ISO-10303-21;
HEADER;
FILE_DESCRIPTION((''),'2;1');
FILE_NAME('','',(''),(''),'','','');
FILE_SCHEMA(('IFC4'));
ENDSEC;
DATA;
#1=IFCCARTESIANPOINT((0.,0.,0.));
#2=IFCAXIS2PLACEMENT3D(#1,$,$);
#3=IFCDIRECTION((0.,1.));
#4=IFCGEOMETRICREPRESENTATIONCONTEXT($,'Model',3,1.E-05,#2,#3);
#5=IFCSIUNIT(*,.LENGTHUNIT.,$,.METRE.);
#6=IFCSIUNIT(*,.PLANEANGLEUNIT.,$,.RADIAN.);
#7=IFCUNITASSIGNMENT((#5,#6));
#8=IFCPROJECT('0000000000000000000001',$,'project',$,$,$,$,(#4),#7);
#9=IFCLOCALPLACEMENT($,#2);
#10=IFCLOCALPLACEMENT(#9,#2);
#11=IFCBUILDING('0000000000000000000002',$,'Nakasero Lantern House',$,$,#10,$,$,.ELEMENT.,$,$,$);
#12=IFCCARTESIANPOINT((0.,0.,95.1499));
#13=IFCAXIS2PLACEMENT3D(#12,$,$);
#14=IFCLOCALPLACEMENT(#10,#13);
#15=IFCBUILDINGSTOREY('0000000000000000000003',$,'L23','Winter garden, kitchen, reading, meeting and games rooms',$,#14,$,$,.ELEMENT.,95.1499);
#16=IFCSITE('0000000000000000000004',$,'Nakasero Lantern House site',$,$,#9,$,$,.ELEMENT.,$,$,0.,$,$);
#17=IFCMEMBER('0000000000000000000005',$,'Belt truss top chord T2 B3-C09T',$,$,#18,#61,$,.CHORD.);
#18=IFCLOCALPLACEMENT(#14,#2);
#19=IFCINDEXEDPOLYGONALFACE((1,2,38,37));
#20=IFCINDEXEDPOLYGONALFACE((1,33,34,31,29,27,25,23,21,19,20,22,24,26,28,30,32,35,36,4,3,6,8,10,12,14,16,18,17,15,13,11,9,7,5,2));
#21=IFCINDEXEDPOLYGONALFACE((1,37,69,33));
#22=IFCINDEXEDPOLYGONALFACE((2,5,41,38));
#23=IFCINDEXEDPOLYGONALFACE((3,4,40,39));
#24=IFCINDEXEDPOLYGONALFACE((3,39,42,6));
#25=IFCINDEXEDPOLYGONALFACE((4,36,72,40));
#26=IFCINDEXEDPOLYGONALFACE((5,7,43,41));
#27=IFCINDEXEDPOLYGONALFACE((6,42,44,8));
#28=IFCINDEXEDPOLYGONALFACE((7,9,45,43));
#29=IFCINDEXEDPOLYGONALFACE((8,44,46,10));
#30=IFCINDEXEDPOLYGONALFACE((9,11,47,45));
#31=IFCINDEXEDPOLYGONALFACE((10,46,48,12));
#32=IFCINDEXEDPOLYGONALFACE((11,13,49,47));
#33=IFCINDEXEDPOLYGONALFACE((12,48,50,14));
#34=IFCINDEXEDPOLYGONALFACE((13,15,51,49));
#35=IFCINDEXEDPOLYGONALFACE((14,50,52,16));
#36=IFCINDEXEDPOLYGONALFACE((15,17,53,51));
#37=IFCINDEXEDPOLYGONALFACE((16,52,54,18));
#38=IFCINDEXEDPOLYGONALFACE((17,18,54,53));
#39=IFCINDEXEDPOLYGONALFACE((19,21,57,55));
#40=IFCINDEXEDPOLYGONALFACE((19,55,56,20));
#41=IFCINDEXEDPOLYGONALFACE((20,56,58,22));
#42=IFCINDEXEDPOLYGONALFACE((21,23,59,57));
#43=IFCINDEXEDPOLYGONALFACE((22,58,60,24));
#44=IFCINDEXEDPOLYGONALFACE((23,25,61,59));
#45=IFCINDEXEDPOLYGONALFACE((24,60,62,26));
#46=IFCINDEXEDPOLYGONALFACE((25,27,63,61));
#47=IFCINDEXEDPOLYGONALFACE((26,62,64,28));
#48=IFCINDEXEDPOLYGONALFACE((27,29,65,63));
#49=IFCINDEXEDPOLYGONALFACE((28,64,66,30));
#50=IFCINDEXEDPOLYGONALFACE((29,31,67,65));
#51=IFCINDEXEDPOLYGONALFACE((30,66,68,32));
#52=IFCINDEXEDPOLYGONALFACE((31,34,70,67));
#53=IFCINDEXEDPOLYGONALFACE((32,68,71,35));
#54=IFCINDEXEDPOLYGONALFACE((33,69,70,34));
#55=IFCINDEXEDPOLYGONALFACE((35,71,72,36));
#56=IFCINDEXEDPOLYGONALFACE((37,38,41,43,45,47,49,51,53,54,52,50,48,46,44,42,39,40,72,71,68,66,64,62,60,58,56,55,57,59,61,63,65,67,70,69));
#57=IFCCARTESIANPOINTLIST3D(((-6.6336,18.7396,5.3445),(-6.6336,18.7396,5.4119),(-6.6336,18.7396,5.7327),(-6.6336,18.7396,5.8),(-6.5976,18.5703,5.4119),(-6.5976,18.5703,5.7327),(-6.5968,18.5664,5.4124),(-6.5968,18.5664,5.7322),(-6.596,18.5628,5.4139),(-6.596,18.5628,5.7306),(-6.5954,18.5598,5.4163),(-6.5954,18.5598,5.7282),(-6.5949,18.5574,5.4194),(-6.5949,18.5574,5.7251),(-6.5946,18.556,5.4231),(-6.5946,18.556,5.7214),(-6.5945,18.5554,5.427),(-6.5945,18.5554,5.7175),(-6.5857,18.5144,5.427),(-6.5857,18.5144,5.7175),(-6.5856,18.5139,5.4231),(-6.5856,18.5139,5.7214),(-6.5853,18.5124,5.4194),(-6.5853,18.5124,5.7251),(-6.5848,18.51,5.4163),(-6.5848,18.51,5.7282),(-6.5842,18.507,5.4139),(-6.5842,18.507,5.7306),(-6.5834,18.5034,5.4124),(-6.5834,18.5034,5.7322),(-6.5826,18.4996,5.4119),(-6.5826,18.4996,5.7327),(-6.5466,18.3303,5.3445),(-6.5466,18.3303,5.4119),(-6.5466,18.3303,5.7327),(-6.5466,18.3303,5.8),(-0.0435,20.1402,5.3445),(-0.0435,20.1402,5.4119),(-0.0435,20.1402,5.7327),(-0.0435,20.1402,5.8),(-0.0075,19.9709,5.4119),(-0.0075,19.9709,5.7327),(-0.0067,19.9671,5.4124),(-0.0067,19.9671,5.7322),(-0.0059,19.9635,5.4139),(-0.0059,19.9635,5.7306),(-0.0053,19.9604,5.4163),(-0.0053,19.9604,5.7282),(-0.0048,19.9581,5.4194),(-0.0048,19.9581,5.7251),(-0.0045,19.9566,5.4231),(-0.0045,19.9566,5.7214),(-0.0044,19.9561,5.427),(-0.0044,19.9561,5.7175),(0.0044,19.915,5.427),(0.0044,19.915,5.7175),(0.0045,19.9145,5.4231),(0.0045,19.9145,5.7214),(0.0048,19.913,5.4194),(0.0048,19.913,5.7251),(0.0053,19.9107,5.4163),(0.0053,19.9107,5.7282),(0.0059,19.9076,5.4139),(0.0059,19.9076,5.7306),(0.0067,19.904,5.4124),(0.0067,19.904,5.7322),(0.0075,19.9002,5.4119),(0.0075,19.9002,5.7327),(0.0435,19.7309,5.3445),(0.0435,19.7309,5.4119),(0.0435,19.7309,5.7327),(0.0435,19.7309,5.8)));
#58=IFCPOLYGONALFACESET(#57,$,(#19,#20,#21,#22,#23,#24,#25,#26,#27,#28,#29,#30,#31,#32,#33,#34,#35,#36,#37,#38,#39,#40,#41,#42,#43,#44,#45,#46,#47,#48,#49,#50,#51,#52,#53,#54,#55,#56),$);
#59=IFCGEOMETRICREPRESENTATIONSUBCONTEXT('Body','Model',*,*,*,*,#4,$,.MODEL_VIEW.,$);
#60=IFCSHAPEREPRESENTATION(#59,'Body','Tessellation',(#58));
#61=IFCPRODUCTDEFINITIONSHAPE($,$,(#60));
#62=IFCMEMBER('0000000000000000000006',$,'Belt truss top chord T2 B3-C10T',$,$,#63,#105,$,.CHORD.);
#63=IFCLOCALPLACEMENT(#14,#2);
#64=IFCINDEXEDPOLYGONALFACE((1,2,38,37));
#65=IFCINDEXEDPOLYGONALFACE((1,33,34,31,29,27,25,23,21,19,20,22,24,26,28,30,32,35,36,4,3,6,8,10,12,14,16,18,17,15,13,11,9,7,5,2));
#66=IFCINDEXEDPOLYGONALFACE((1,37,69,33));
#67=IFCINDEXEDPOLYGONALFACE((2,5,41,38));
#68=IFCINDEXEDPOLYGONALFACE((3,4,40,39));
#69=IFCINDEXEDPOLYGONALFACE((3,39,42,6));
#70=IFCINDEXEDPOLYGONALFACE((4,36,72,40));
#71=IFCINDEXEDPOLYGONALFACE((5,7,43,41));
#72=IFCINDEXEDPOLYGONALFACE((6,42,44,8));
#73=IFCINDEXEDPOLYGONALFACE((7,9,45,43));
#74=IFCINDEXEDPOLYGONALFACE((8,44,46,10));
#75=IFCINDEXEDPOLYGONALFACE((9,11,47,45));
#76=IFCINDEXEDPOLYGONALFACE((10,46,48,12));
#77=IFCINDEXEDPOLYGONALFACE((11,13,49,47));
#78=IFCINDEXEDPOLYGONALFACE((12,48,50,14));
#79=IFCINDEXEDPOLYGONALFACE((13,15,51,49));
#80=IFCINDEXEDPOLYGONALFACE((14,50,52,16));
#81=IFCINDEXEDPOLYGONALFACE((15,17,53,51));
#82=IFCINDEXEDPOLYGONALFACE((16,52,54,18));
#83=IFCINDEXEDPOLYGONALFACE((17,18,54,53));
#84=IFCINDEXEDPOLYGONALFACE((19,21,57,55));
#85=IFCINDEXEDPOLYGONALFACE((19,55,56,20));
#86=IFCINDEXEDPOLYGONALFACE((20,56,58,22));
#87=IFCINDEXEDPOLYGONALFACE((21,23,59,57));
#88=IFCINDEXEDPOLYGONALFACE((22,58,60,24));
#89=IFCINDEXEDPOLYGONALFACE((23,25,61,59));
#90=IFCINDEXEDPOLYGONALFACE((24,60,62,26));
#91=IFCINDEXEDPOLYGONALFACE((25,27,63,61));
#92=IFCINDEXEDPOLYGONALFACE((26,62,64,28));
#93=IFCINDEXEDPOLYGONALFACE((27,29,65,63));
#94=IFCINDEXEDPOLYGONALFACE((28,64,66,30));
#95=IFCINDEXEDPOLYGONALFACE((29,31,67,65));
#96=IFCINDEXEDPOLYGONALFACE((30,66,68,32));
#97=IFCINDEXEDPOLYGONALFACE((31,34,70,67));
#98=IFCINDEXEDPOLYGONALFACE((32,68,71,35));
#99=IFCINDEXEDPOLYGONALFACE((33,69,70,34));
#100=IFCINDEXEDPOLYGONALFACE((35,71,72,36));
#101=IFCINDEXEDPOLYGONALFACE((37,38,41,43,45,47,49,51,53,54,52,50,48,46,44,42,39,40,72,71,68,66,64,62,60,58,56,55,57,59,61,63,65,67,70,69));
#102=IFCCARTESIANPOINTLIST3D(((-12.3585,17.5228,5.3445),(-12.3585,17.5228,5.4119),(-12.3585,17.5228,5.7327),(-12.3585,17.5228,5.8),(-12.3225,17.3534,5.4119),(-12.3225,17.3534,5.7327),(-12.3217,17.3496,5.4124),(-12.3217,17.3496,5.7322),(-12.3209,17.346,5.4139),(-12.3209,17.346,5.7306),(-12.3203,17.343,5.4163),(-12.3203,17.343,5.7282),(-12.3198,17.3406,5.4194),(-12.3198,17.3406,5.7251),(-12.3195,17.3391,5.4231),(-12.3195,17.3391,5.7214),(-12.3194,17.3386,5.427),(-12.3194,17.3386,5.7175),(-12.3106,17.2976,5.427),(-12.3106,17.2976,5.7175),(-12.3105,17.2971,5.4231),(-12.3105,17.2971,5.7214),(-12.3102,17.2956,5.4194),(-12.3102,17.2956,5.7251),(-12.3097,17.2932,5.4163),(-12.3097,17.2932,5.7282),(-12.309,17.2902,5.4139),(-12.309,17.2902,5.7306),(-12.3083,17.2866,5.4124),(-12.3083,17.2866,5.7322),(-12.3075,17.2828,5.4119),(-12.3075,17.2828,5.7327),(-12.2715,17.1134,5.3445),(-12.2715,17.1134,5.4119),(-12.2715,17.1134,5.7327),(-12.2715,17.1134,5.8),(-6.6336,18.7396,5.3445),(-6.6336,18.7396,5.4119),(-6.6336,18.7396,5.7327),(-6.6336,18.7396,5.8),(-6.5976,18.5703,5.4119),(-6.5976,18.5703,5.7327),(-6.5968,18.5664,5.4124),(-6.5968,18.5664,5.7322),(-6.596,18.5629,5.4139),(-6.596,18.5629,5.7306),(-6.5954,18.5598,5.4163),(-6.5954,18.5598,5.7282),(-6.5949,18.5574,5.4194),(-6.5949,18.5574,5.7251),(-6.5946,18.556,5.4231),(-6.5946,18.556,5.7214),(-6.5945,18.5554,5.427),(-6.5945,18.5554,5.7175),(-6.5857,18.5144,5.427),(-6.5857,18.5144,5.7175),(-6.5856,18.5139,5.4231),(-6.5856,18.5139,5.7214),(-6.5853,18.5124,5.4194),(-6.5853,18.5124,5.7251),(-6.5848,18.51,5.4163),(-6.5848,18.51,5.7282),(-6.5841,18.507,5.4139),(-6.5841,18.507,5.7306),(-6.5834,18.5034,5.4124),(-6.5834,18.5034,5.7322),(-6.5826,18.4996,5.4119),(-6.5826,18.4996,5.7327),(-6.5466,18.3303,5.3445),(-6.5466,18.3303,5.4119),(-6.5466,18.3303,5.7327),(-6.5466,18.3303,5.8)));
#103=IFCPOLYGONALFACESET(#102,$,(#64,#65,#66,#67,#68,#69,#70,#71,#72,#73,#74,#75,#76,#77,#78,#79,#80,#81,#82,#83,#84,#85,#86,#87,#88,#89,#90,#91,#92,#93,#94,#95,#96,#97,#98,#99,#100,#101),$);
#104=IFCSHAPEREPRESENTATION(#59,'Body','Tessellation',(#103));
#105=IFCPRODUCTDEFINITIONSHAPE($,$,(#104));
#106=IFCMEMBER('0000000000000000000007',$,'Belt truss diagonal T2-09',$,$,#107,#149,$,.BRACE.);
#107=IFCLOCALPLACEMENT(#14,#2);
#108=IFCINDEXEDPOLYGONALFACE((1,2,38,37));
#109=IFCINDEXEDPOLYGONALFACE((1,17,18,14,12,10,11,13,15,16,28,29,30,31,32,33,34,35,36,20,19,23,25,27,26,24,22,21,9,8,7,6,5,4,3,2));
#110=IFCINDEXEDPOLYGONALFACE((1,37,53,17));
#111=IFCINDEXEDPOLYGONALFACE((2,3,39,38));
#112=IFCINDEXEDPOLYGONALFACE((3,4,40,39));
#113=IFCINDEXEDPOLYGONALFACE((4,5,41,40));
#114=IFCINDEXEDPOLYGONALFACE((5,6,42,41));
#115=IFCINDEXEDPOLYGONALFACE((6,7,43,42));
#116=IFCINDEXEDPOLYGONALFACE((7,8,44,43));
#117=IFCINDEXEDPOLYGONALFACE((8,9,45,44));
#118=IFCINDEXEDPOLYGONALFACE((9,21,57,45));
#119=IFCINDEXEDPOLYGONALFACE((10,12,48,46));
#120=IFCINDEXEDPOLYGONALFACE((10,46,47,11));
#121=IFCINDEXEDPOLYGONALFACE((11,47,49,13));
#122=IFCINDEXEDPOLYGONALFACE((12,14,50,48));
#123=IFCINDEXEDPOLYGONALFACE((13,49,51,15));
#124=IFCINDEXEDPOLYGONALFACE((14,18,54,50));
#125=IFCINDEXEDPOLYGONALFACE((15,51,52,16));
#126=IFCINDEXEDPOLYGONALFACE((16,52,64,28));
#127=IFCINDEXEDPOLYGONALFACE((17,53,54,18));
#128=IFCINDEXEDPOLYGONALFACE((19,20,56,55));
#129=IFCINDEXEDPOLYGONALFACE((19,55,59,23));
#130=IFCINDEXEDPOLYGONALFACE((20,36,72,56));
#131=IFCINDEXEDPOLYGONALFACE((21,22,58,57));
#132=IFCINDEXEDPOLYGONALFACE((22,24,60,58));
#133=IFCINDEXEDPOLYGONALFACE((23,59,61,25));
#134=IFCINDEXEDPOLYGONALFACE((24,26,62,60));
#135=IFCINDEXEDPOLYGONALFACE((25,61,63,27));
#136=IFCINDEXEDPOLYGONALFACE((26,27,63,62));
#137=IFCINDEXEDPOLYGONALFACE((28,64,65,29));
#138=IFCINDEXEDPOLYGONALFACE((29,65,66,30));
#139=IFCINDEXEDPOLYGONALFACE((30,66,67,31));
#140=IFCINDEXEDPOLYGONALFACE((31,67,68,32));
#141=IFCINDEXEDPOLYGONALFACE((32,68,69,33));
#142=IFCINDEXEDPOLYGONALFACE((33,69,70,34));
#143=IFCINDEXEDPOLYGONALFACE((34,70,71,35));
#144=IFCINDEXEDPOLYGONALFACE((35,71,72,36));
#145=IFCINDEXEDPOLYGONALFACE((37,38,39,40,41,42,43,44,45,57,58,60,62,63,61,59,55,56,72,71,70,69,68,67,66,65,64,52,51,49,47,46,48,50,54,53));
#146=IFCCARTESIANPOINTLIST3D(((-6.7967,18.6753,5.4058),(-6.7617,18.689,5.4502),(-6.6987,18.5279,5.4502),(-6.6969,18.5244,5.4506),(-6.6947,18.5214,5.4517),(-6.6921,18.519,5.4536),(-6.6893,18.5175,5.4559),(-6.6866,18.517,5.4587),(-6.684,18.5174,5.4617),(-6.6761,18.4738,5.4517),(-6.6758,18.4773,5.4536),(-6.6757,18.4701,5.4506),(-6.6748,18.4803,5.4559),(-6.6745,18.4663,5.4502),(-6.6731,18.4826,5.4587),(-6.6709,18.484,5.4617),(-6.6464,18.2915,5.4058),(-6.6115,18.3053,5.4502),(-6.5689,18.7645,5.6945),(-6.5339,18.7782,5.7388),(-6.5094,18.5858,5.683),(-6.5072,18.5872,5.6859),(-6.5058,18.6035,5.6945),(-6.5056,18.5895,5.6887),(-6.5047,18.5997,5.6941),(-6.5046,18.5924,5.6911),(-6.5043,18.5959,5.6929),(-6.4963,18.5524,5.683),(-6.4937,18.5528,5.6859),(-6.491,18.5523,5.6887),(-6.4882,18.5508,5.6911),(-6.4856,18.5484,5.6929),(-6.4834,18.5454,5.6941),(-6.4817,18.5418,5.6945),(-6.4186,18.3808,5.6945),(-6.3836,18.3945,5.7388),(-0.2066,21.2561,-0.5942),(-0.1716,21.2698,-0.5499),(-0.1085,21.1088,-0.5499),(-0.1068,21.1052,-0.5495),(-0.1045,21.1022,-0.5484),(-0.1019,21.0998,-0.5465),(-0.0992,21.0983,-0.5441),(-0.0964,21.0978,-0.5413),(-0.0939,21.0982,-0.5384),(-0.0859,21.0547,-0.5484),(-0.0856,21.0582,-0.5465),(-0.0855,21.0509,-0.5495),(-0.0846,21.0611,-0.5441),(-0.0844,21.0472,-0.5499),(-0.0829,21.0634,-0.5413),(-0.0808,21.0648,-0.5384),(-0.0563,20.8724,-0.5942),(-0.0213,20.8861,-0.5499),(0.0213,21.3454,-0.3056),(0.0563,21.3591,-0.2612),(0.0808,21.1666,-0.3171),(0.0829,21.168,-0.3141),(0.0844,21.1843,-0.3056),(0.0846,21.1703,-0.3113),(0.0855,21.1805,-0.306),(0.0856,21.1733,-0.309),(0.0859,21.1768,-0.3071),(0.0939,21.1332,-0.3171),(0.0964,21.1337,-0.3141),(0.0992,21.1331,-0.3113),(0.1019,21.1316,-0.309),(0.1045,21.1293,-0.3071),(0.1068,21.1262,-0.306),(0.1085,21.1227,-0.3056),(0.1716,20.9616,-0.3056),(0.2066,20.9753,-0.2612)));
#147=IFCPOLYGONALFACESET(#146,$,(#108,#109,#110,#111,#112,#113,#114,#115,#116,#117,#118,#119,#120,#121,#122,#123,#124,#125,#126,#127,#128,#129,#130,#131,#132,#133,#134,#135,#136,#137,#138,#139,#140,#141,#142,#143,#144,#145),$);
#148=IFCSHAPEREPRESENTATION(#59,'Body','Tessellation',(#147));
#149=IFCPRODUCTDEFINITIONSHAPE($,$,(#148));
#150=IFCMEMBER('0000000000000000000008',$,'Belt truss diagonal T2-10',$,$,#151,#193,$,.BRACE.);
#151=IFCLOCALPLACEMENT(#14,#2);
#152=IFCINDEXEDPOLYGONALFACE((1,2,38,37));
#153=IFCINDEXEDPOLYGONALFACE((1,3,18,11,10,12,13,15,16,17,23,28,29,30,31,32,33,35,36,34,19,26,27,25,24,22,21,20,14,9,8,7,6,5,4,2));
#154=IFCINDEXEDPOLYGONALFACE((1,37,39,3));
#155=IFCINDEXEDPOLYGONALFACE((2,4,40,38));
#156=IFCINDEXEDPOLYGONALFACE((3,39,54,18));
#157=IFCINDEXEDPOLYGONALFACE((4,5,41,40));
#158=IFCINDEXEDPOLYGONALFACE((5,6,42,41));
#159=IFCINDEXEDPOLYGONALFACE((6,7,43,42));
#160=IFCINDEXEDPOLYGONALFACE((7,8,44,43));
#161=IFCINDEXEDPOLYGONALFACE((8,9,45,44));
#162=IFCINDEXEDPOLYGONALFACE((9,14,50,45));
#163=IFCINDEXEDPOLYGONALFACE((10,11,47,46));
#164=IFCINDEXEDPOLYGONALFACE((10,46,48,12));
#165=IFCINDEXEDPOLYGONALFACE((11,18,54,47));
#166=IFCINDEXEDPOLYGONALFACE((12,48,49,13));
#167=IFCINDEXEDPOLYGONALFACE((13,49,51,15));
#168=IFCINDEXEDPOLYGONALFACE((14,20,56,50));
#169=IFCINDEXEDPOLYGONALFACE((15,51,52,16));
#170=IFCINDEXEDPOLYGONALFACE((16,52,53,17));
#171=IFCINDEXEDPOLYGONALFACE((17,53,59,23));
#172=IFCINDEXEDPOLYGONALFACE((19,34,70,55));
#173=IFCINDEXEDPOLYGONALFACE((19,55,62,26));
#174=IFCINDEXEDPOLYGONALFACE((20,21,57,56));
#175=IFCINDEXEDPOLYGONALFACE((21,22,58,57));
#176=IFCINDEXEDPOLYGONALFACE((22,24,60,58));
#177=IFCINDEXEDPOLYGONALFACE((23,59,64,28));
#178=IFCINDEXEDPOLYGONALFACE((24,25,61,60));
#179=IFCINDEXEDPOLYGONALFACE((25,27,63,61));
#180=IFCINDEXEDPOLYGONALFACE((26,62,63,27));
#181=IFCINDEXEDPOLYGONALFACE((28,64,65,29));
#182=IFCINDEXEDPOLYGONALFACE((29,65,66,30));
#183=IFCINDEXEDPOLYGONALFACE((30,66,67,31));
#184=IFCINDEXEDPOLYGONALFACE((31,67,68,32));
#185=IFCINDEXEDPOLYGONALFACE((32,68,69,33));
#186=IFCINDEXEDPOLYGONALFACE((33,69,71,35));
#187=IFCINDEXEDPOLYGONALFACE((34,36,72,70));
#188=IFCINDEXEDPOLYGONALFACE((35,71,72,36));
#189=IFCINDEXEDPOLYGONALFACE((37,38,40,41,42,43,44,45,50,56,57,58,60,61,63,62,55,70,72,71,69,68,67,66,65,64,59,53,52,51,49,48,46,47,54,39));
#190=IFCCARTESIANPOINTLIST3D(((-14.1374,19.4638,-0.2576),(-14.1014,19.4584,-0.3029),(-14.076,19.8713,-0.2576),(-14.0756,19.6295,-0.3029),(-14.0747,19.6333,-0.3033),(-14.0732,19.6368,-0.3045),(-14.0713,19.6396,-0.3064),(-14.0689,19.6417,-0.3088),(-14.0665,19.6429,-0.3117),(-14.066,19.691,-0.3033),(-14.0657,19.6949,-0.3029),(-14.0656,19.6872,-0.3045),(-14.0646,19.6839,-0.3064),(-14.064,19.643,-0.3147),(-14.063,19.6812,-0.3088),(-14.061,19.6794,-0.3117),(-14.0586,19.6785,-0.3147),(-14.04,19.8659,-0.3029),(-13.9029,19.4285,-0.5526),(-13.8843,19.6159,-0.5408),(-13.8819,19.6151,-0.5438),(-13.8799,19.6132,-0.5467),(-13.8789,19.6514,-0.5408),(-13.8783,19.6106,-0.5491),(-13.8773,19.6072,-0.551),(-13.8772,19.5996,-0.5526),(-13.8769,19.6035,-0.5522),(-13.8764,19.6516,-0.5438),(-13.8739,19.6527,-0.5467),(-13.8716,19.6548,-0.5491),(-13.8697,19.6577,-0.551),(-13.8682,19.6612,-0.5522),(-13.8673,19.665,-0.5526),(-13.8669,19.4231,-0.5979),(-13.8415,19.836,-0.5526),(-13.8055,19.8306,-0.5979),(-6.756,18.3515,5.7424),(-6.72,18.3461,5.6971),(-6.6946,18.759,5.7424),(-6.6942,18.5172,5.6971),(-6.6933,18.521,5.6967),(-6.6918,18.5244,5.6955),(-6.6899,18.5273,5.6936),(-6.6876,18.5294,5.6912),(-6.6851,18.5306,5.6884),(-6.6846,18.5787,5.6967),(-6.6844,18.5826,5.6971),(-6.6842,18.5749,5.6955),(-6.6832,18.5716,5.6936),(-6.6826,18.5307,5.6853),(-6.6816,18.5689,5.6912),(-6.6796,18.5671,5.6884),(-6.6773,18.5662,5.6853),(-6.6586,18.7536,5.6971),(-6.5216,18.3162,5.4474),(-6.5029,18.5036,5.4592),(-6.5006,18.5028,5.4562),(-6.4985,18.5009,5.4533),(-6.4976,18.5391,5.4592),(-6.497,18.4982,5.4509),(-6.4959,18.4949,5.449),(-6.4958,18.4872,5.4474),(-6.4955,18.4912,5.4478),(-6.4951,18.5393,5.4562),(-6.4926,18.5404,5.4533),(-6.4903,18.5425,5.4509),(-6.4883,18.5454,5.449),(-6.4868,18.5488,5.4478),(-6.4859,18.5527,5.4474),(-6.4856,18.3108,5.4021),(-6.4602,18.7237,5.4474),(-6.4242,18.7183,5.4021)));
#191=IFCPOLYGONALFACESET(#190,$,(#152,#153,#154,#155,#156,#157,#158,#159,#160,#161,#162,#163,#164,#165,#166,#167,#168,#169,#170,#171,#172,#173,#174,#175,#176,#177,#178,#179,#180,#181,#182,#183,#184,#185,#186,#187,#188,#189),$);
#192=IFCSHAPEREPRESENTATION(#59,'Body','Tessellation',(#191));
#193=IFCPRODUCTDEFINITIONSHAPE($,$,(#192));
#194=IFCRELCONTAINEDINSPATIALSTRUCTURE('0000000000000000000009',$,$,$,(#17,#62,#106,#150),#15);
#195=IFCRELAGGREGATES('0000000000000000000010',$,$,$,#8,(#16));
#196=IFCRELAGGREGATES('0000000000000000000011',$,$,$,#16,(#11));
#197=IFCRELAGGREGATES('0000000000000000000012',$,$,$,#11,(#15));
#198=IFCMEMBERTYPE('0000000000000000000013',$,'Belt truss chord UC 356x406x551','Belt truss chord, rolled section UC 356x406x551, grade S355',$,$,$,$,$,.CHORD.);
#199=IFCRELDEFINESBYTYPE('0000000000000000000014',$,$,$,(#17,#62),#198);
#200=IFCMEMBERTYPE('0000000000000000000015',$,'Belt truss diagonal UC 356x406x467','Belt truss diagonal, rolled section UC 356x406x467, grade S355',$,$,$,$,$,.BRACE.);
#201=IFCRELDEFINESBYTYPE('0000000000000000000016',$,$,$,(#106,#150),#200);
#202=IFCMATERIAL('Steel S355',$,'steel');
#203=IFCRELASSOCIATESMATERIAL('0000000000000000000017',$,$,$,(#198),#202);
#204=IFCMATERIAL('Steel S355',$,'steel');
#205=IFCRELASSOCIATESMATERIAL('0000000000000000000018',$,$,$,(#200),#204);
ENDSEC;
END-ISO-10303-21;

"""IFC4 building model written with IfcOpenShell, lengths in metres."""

from ifc_helpers import new_model, si_unit, direction, frame, origin, origin_2d, place, context, subcontext, project, spatial, i_section, extrude, material, material_profile, profile_set, type_object, element, save


model = new_model("IFC4")

# Units and contexts
model_context = context("Model", 3, precision=1e-05, world=origin(), true_north=direction((0.0, 1.0)))
body_context = subcontext(model_context, "Body", "Model", "MODEL_VIEW")
ifc_project = project(units=[si_unit("LENGTHUNIT", "METRE"), si_unit("PLANEANGLEUNIT", "RADIAN")], contexts=[model_context])

# Site, building, storey
site_placement = place(None, origin())
site = spatial("IfcSite", under=ifc_project, at=site_placement, Name="Nakasero Lantern House site", CompositionType="ELEMENT", RefElevation=0.0)
building_placement = place(site_placement, origin())
building = spatial("IfcBuilding", under=site, at=building_placement, Name="Nakasero Lantern House", CompositionType="ELEMENT")
storey_placement = place(building_placement, frame((0.0, 0.0, 95.1499)))
storey = spatial("IfcBuildingStorey", under=building, at=storey_placement, Name="L23", Description="Winter garden, kitchen, reading, meeting and games rooms", CompositionType="ELEMENT", Elevation=95.1499)

# Members
ifc_material_1 = material(Name="Steel S355", Category="steel")
ifc_material_profile_1 = material_profile(ifc_material_1, i_section(OverallWidth=0.4185, OverallDepth=0.4556, WebThickness=0.042, FlangeThickness=0.0674, FilletRadius=0.0151, at=origin_2d()), Name="UC 356x406x551")
ifc_profile_set_1 = profile_set([ifc_material_profile_1], Name="Steel S355")
member_type_1 = type_object("IfcMemberType", Name="Belt truss chord UC 356x406x551", Description="Belt truss chord, rolled section UC 356x406x551, grade S355", PredefinedType="CHORD", material=ifc_profile_set_1)
member_1_placement = place(storey_placement, frame((0.0, 19.9355, 5.5723), z_axis=(-0.978152, -0.207893, 0.0), x_axis=(0.207893, -0.978152, 0.0)))
element("IfcMember", 1, at=member_1_placement, inside=storey, type_object=member_type_1, Name="Belt truss top chord T2 B3-C09T", PredefinedType="CHORD", context=body_context, shape_type="SweptSolid", body=[
    extrude(i_section(OverallWidth=0.4185, OverallDepth=0.4556, WebThickness=0.042, FlangeThickness=0.0674, FilletRadius=0.0151, at=origin_2d()), origin(), (0.0, 0.0, 1.0), 6.7373),
])
member_2_placement = place(storey_placement, frame((-6.5901, 18.5349, 5.5723), z_axis=(-0.97815, -0.207902, 0.0), x_axis=(0.207902, -0.97815, 0.0)))
element("IfcMember", 2, at=member_2_placement, inside=storey, type_object=member_type_1, Name="Belt truss top chord T2 B3-C10T", PredefinedType="CHORD", context=body_context, shape_type="SweptSolid", body=[
    extrude(i_section(OverallWidth=0.4185, OverallDepth=0.4556, WebThickness=0.042, FlangeThickness=0.0674, FilletRadius=0.0151, at=origin_2d()), origin(), (0.0, 0.0, 1.0), 5.8528),
])
ifc_material_2 = material(Name="Steel S355", Category="steel")
ifc_material_profile_2 = material_profile(ifc_material_2, i_section(OverallWidth=0.4121, OverallDepth=0.4365, WebThickness=0.0359, FlangeThickness=0.0581, FilletRadius=0.0151, at=origin_2d()), Name="UC 356x406x467")
ifc_profile_set_2 = profile_set([ifc_material_profile_2], Name="Steel S355")
member_type_2 = type_object("IfcMemberType", Name="Belt truss diagonal UC 356x406x467", Description="Belt truss diagonal, rolled section UC 356x406x467, grade S355", PredefinedType="BRACE", material=ifc_profile_set_2)
member_3_placement = place(storey_placement, frame((0.0, 21.1157, -0.4277), z_axis=(-0.710257, -0.278151, 0.646659), x_axis=(0.364654, -0.931143, 0.0)))
element("IfcMember", 3, at=member_3_placement, inside=storey, type_object=member_type_2, Name="Belt truss diagonal T2-09", PredefinedType="BRACE", context=body_context, shape_type="SweptSolid", body=[
    extrude(i_section(OverallWidth=0.4121, OverallDepth=0.4365, WebThickness=0.0359, FlangeThickness=0.0581, FilletRadius=0.0151, at=origin_2d()), origin(), (0.0, 0.0, 1.0), 9.2786),
])
member_4_placement = place(storey_placement, frame((-6.5901, 18.5349, 5.5723), z_axis=(-0.770726, 0.116142, -0.626492), x_axis=(-0.149009, -0.988836, 0.0)))
element("IfcMember", 4, at=member_4_placement, inside=storey, type_object=member_type_2, Name="Belt truss diagonal T2-10", PredefinedType="BRACE", context=body_context, shape_type="SweptSolid", body=[
    extrude(i_section(OverallWidth=0.4121, OverallDepth=0.4365, WebThickness=0.0359, FlangeThickness=0.0581, FilletRadius=0.0151, at=origin_2d()), origin(), (0.0, 0.0, 1.0), 9.5771),
])

save(model, "model.ifc")
